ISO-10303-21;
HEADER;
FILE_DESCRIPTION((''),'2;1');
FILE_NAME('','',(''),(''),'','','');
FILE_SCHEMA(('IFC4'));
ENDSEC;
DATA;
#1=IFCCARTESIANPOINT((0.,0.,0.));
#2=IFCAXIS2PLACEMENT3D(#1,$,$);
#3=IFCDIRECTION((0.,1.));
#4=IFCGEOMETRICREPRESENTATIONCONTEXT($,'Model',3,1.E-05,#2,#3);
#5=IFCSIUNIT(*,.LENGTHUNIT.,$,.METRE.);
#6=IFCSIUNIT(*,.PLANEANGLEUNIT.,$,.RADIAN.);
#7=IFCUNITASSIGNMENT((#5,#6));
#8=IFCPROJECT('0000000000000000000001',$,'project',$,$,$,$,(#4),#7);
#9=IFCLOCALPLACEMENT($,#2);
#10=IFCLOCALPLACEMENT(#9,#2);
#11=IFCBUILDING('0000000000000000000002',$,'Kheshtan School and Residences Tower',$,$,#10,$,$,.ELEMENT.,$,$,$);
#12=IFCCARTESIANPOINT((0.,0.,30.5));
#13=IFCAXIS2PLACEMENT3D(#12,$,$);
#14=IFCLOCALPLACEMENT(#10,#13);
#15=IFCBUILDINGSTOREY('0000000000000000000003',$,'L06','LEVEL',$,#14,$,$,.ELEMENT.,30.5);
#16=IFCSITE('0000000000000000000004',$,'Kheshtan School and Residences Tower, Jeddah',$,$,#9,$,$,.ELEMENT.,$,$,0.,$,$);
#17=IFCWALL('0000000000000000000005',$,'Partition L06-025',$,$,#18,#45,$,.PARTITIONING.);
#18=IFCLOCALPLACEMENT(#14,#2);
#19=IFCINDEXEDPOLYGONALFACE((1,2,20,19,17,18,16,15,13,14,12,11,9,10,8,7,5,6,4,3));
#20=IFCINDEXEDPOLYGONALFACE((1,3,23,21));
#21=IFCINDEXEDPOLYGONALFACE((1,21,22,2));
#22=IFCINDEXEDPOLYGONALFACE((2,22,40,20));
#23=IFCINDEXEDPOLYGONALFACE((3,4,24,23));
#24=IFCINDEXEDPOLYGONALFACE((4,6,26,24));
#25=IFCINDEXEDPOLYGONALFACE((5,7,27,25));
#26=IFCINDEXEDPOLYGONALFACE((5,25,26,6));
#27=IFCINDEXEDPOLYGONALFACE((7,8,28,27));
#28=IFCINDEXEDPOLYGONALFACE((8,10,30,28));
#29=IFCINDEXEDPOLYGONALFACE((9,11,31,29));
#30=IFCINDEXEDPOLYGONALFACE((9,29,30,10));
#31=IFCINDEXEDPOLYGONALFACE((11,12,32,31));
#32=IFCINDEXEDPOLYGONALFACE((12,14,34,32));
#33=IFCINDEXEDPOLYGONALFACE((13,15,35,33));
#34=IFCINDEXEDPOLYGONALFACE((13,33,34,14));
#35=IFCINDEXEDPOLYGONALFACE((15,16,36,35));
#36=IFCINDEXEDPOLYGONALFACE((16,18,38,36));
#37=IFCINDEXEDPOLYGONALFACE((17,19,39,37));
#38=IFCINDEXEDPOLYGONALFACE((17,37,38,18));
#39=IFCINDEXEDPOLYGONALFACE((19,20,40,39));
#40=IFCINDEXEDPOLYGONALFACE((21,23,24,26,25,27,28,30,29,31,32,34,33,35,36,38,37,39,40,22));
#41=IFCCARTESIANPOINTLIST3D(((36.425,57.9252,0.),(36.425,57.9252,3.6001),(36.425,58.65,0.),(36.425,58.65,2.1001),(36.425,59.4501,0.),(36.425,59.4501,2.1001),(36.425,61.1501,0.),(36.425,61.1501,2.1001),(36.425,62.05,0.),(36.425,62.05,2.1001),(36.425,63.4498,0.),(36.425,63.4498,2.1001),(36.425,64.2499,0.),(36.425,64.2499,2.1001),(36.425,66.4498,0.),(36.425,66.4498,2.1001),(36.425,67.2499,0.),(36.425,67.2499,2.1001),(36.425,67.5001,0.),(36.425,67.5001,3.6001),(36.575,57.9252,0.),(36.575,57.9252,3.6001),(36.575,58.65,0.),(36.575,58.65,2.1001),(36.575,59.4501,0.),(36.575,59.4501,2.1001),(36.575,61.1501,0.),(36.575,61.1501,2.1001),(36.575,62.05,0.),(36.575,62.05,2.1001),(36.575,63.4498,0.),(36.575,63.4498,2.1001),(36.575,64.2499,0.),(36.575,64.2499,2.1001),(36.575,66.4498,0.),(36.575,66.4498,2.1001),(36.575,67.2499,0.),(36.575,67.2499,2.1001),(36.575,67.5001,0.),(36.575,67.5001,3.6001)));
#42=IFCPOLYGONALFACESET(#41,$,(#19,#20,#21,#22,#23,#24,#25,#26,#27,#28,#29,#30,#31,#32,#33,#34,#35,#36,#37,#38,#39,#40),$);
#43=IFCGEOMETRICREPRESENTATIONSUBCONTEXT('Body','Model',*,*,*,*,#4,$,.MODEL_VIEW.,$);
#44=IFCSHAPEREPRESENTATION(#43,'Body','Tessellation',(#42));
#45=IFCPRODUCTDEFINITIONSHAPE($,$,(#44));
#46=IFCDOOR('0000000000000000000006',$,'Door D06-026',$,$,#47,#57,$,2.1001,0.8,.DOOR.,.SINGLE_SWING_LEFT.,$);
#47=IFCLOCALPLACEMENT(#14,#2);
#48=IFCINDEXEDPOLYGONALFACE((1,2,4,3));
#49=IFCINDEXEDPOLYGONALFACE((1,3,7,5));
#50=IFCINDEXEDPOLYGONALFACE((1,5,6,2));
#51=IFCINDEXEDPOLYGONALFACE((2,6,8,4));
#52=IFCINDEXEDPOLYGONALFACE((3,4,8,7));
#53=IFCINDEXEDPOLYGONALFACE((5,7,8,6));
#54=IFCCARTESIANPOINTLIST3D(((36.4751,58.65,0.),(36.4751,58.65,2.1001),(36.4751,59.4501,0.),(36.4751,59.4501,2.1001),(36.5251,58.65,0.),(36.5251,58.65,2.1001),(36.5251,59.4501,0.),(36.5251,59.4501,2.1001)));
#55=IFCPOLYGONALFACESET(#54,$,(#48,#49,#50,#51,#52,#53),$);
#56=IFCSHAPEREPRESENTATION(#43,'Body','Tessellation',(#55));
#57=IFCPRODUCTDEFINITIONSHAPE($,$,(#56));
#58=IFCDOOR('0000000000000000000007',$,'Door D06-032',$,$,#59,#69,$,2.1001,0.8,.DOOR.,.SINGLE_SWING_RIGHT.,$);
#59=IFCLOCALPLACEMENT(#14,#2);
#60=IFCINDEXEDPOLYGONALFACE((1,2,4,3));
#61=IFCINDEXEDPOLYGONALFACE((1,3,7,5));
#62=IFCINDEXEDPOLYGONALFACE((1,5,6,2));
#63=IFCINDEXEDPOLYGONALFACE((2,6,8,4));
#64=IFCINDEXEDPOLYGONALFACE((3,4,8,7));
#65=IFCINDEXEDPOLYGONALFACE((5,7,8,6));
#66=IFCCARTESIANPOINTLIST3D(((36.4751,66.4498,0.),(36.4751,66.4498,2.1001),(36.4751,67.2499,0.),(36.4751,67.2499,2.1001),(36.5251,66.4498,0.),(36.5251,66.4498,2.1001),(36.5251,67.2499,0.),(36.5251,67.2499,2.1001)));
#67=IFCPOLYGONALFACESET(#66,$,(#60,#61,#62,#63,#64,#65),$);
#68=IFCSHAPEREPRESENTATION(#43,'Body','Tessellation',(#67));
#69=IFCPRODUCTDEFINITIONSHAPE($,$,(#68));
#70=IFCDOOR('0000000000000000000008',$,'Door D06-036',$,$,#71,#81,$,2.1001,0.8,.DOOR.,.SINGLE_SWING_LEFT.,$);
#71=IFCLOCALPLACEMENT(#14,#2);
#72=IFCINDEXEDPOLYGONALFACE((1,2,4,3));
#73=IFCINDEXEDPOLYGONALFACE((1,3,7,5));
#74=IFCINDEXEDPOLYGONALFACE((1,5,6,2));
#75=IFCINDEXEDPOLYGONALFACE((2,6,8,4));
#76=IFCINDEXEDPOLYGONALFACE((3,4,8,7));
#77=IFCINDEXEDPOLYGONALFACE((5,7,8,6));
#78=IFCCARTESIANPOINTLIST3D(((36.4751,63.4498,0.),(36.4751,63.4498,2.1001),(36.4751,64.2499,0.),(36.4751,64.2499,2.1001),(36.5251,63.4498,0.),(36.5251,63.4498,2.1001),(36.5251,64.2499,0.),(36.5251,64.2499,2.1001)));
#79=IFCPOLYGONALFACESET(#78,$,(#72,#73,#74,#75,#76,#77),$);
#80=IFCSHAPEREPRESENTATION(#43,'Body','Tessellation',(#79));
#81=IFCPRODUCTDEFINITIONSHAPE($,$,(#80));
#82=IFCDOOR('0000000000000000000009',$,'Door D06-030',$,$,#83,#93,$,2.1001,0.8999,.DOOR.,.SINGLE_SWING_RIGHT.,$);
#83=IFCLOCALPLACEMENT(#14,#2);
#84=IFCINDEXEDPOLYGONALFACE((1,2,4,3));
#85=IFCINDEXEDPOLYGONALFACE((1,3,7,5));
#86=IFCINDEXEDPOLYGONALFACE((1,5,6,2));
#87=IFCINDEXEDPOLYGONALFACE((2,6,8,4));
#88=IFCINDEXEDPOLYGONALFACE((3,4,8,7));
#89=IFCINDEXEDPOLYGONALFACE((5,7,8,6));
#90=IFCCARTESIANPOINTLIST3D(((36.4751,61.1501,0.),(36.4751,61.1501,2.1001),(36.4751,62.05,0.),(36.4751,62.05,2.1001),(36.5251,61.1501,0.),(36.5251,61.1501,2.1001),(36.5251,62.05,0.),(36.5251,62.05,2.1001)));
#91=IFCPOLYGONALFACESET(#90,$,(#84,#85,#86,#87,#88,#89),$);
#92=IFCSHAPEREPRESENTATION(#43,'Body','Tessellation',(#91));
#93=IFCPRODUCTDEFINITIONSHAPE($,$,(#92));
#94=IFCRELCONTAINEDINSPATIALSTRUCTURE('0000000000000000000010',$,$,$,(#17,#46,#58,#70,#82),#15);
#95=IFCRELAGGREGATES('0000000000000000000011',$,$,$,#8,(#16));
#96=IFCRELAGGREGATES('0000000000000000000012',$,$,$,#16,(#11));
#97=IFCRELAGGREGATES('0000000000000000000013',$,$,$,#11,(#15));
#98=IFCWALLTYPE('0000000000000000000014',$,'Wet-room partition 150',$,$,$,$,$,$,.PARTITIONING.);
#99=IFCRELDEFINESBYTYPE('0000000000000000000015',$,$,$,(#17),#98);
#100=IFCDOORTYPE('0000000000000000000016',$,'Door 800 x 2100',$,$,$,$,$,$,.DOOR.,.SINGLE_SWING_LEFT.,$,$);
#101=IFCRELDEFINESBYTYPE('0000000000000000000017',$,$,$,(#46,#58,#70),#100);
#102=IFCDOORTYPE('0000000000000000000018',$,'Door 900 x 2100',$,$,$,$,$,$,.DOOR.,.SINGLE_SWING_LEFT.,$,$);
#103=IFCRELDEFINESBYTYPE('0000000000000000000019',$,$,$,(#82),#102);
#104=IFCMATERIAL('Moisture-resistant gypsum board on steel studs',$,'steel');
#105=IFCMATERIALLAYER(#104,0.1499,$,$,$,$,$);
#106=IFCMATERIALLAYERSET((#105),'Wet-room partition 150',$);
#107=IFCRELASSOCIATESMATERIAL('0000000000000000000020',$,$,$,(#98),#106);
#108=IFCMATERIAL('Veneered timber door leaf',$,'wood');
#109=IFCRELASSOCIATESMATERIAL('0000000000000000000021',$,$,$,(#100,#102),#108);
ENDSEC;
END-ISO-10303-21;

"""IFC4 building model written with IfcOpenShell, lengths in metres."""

from ifc_helpers import new_model, si_unit, direction, frame, frame_2d, origin, place, context, subcontext, project, spatial, rectangle, extrude, source, transform, mapped, material, layer, layer_set, type_object, element, fill, save


model = new_model("IFC4")

# Units and contexts
model_context = context("Model", 3, precision=1e-05, world=origin(), true_north=direction((0.0, 1.0)))
body_context = subcontext(model_context, "Body", "Model", "MODEL_VIEW")
ifc_project = project(units=[si_unit("LENGTHUNIT", "METRE"), si_unit("PLANEANGLEUNIT", "RADIAN")], contexts=[model_context])

# Site, building, storey
site_placement = place(None, origin())
site = spatial("IfcSite", under=ifc_project, at=site_placement, Name="Kheshtan School and Residences Tower, Jeddah", CompositionType="ELEMENT", RefElevation=0.0)
building_placement = place(site_placement, origin())
building = spatial("IfcBuilding", under=site, at=building_placement, Name="Kheshtan School and Residences Tower", CompositionType="ELEMENT")
storey_placement = place(building_placement, frame((0.0, 0.0, 30.5)))
storey = spatial("IfcBuildingStorey", under=building, at=storey_placement, Name="L06", Description="LEVEL", CompositionType="ELEMENT", Elevation=30.5)

# Shared definitions
ifc_material_1 = material(Name="Moisture-resistant gypsum board on steel studs", Category="steel")
ifc_layer_1 = layer(ifc_material_1, 0.1499)
ifc_layer_set_1 = layer_set([ifc_layer_1], Name="Wet-room partition 150")
wall_type_1 = type_object("IfcWallType", Name="Wet-room partition 150", PredefinedType="PARTITIONING", material=ifc_layer_set_1)

# Wall, openings, doors
wall_1_placement = place(storey_placement, frame((36.5, 57.925, 0.0), z_axis=(0.0, 0.0, 1.0), x_axis=(0.0, 1.0, 0.0)))
wall_1 = element("IfcWall", 1, at=wall_1_placement, inside=storey, type_object=wall_type_1, Name="Partition L06-025", PredefinedType="PARTITIONING", context=body_context, shape_type="SweptSolid", body=[
    extrude(rectangle(XDim=9.575, YDim=0.1499, at=frame_2d((4.7876, 0.0))), origin(), (0.0, 0.0, 1.0), 3.6001),
])
opening_1_placement = place(wall_1_placement, frame((0.7251, 0.0, 0.0)))
opening_1 = element("IfcOpeningElement", 2, at=opening_1_placement, cuts=wall_1, PredefinedType="OPENING", context=body_context, shape_type="SweptSolid", body=[
    extrude(rectangle(XDim=0.8, YDim=2.1001, at=frame_2d((0.3999, 1.05))), frame((0.0, 0.085, 0.0), z_axis=(0.0, -1.0, 0.0), x_axis=(1.0, 0.0, 0.0)), (0.0, 0.0, 1.0), 0.1699),
])
opening_2_placement = place(wall_1_placement, frame((3.2251, 0.0, 0.0)))
opening_2 = element("IfcOpeningElement", 3, at=opening_2_placement, cuts=wall_1, PredefinedType="OPENING", context=body_context, shape_type="SweptSolid", body=[
    extrude(rectangle(XDim=0.8999, YDim=2.1001, at=frame_2d((0.45, 1.05))), frame((0.0, 0.085, 0.0), z_axis=(0.0, -1.0, 0.0), x_axis=(1.0, 0.0, 0.0)), (0.0, 0.0, 1.0), 0.1699),
])
opening_3_placement = place(wall_1_placement, frame((8.5249, 0.0, 0.0)))
opening_3 = element("IfcOpeningElement", 4, at=opening_3_placement, cuts=wall_1, PredefinedType="OPENING", context=body_context, shape_type="SweptSolid", body=[
    extrude(rectangle(XDim=0.8, YDim=2.1001, at=frame_2d((0.3999, 1.05))), frame((0.0, 0.085, 0.0), z_axis=(0.0, -1.0, 0.0), x_axis=(1.0, 0.0, 0.0)), (0.0, 0.0, 1.0), 0.1699),
])
opening_4_placement = place(wall_1_placement, frame((5.5249, 0.0, 0.0)))
opening_4 = element("IfcOpeningElement", 5, at=opening_4_placement, cuts=wall_1, PredefinedType="OPENING", context=body_context, shape_type="SweptSolid", body=[
    extrude(rectangle(XDim=0.8, YDim=2.1001, at=frame_2d((0.3999, 1.05))), frame((0.0, 0.085, 0.0), z_axis=(0.0, -1.0, 0.0), x_axis=(1.0, 0.0, 0.0)), (0.0, 0.0, 1.0), 0.1699),
])
ifc_material_2 = material(Name="Veneered timber door leaf", Category="wood")
door_type_1 = type_object("IfcDoorType", Name="Door 800 x 2100", OperationType="SINGLE_SWING_LEFT", PredefinedType="DOOR", material=ifc_material_2)
shared_shape_1 = source(origin(), body_context, "Body", "SweptSolid", [
    extrude(rectangle(XDim=0.8, YDim=2.1001, at=frame_2d((0.3999, 1.05))), frame((0.0, 0.0249, 0.0), z_axis=(0.0, -1.0, 0.0), x_axis=(1.0, 0.0, 0.0)), (0.0, 0.0, 1.0), 0.05),
])
door_1_placement = place(opening_1_placement, origin())
door_1 = element("IfcDoor", 6, at=door_1_placement, inside=storey, type_object=door_type_1, Name="Door D06-026", OperationType="SINGLE_SWING_LEFT", OverallHeight=2.1001, OverallWidth=0.8, PredefinedType="DOOR", context=body_context, shape_type="MappedRepresentation", body=[
    mapped(shared_shape_1, transform((0.0, 0.0, 0.0), x_axis=(1.0, 0.0, 0.0), y_axis=(0.0, 1.0, 0.0), z_axis=(0.0, 0.0, 1.0), scale=1.0)),
])
fill(opening_1, door_1)
door_2_placement = place(opening_3_placement, origin())
door_2 = element("IfcDoor", 7, at=door_2_placement, inside=storey, type_object=door_type_1, Name="Door D06-032", OperationType="SINGLE_SWING_RIGHT", OverallHeight=2.1001, OverallWidth=0.8, PredefinedType="DOOR", context=body_context, shape_type="MappedRepresentation", body=[
    mapped(shared_shape_1, transform((0.0, 0.0, 0.0), x_axis=(1.0, 0.0, 0.0), y_axis=(0.0, 1.0, 0.0), z_axis=(0.0, 0.0, 1.0), scale=1.0)),
])
fill(opening_3, door_2)
door_3_placement = place(opening_4_placement, origin())
door_3 = element("IfcDoor", 8, at=door_3_placement, inside=storey, type_object=door_type_1, Name="Door D06-036", OperationType="SINGLE_SWING_LEFT", OverallHeight=2.1001, OverallWidth=0.8, PredefinedType="DOOR", context=body_context, shape_type="MappedRepresentation", body=[
    mapped(shared_shape_1, transform((0.0, 0.0, 0.0), x_axis=(1.0, 0.0, 0.0), y_axis=(0.0, 1.0, 0.0), z_axis=(0.0, 0.0, 1.0), scale=1.0)),
])
fill(opening_4, door_3)
door_type_2 = type_object("IfcDoorType", Name="Door 900 x 2100", OperationType="SINGLE_SWING_LEFT", PredefinedType="DOOR", material=ifc_material_2)
shared_shape_2 = source(origin(), body_context, "Body", "SweptSolid", [
    extrude(rectangle(XDim=0.8999, YDim=2.1001, at=frame_2d((0.45, 1.05))), frame((0.0, 0.0249, 0.0), z_axis=(0.0, -1.0, 0.0), x_axis=(1.0, 0.0, 0.0)), (0.0, 0.0, 1.0), 0.05),
])
door_4_placement = place(opening_2_placement, origin())
door_4 = element("IfcDoor", 9, at=door_4_placement, inside=storey, type_object=door_type_2, Name="Door D06-030", OperationType="SINGLE_SWING_RIGHT", OverallHeight=2.1001, OverallWidth=0.8999, PredefinedType="DOOR", context=body_context, shape_type="MappedRepresentation", body=[
    mapped(shared_shape_2, transform((0.0, 0.0, 0.0), x_axis=(1.0, 0.0, 0.0), y_axis=(0.0, 1.0, 0.0), z_axis=(0.0, 0.0, 1.0), scale=1.0)),
])
fill(opening_2, door_4)

save(model, "model.ifc")
